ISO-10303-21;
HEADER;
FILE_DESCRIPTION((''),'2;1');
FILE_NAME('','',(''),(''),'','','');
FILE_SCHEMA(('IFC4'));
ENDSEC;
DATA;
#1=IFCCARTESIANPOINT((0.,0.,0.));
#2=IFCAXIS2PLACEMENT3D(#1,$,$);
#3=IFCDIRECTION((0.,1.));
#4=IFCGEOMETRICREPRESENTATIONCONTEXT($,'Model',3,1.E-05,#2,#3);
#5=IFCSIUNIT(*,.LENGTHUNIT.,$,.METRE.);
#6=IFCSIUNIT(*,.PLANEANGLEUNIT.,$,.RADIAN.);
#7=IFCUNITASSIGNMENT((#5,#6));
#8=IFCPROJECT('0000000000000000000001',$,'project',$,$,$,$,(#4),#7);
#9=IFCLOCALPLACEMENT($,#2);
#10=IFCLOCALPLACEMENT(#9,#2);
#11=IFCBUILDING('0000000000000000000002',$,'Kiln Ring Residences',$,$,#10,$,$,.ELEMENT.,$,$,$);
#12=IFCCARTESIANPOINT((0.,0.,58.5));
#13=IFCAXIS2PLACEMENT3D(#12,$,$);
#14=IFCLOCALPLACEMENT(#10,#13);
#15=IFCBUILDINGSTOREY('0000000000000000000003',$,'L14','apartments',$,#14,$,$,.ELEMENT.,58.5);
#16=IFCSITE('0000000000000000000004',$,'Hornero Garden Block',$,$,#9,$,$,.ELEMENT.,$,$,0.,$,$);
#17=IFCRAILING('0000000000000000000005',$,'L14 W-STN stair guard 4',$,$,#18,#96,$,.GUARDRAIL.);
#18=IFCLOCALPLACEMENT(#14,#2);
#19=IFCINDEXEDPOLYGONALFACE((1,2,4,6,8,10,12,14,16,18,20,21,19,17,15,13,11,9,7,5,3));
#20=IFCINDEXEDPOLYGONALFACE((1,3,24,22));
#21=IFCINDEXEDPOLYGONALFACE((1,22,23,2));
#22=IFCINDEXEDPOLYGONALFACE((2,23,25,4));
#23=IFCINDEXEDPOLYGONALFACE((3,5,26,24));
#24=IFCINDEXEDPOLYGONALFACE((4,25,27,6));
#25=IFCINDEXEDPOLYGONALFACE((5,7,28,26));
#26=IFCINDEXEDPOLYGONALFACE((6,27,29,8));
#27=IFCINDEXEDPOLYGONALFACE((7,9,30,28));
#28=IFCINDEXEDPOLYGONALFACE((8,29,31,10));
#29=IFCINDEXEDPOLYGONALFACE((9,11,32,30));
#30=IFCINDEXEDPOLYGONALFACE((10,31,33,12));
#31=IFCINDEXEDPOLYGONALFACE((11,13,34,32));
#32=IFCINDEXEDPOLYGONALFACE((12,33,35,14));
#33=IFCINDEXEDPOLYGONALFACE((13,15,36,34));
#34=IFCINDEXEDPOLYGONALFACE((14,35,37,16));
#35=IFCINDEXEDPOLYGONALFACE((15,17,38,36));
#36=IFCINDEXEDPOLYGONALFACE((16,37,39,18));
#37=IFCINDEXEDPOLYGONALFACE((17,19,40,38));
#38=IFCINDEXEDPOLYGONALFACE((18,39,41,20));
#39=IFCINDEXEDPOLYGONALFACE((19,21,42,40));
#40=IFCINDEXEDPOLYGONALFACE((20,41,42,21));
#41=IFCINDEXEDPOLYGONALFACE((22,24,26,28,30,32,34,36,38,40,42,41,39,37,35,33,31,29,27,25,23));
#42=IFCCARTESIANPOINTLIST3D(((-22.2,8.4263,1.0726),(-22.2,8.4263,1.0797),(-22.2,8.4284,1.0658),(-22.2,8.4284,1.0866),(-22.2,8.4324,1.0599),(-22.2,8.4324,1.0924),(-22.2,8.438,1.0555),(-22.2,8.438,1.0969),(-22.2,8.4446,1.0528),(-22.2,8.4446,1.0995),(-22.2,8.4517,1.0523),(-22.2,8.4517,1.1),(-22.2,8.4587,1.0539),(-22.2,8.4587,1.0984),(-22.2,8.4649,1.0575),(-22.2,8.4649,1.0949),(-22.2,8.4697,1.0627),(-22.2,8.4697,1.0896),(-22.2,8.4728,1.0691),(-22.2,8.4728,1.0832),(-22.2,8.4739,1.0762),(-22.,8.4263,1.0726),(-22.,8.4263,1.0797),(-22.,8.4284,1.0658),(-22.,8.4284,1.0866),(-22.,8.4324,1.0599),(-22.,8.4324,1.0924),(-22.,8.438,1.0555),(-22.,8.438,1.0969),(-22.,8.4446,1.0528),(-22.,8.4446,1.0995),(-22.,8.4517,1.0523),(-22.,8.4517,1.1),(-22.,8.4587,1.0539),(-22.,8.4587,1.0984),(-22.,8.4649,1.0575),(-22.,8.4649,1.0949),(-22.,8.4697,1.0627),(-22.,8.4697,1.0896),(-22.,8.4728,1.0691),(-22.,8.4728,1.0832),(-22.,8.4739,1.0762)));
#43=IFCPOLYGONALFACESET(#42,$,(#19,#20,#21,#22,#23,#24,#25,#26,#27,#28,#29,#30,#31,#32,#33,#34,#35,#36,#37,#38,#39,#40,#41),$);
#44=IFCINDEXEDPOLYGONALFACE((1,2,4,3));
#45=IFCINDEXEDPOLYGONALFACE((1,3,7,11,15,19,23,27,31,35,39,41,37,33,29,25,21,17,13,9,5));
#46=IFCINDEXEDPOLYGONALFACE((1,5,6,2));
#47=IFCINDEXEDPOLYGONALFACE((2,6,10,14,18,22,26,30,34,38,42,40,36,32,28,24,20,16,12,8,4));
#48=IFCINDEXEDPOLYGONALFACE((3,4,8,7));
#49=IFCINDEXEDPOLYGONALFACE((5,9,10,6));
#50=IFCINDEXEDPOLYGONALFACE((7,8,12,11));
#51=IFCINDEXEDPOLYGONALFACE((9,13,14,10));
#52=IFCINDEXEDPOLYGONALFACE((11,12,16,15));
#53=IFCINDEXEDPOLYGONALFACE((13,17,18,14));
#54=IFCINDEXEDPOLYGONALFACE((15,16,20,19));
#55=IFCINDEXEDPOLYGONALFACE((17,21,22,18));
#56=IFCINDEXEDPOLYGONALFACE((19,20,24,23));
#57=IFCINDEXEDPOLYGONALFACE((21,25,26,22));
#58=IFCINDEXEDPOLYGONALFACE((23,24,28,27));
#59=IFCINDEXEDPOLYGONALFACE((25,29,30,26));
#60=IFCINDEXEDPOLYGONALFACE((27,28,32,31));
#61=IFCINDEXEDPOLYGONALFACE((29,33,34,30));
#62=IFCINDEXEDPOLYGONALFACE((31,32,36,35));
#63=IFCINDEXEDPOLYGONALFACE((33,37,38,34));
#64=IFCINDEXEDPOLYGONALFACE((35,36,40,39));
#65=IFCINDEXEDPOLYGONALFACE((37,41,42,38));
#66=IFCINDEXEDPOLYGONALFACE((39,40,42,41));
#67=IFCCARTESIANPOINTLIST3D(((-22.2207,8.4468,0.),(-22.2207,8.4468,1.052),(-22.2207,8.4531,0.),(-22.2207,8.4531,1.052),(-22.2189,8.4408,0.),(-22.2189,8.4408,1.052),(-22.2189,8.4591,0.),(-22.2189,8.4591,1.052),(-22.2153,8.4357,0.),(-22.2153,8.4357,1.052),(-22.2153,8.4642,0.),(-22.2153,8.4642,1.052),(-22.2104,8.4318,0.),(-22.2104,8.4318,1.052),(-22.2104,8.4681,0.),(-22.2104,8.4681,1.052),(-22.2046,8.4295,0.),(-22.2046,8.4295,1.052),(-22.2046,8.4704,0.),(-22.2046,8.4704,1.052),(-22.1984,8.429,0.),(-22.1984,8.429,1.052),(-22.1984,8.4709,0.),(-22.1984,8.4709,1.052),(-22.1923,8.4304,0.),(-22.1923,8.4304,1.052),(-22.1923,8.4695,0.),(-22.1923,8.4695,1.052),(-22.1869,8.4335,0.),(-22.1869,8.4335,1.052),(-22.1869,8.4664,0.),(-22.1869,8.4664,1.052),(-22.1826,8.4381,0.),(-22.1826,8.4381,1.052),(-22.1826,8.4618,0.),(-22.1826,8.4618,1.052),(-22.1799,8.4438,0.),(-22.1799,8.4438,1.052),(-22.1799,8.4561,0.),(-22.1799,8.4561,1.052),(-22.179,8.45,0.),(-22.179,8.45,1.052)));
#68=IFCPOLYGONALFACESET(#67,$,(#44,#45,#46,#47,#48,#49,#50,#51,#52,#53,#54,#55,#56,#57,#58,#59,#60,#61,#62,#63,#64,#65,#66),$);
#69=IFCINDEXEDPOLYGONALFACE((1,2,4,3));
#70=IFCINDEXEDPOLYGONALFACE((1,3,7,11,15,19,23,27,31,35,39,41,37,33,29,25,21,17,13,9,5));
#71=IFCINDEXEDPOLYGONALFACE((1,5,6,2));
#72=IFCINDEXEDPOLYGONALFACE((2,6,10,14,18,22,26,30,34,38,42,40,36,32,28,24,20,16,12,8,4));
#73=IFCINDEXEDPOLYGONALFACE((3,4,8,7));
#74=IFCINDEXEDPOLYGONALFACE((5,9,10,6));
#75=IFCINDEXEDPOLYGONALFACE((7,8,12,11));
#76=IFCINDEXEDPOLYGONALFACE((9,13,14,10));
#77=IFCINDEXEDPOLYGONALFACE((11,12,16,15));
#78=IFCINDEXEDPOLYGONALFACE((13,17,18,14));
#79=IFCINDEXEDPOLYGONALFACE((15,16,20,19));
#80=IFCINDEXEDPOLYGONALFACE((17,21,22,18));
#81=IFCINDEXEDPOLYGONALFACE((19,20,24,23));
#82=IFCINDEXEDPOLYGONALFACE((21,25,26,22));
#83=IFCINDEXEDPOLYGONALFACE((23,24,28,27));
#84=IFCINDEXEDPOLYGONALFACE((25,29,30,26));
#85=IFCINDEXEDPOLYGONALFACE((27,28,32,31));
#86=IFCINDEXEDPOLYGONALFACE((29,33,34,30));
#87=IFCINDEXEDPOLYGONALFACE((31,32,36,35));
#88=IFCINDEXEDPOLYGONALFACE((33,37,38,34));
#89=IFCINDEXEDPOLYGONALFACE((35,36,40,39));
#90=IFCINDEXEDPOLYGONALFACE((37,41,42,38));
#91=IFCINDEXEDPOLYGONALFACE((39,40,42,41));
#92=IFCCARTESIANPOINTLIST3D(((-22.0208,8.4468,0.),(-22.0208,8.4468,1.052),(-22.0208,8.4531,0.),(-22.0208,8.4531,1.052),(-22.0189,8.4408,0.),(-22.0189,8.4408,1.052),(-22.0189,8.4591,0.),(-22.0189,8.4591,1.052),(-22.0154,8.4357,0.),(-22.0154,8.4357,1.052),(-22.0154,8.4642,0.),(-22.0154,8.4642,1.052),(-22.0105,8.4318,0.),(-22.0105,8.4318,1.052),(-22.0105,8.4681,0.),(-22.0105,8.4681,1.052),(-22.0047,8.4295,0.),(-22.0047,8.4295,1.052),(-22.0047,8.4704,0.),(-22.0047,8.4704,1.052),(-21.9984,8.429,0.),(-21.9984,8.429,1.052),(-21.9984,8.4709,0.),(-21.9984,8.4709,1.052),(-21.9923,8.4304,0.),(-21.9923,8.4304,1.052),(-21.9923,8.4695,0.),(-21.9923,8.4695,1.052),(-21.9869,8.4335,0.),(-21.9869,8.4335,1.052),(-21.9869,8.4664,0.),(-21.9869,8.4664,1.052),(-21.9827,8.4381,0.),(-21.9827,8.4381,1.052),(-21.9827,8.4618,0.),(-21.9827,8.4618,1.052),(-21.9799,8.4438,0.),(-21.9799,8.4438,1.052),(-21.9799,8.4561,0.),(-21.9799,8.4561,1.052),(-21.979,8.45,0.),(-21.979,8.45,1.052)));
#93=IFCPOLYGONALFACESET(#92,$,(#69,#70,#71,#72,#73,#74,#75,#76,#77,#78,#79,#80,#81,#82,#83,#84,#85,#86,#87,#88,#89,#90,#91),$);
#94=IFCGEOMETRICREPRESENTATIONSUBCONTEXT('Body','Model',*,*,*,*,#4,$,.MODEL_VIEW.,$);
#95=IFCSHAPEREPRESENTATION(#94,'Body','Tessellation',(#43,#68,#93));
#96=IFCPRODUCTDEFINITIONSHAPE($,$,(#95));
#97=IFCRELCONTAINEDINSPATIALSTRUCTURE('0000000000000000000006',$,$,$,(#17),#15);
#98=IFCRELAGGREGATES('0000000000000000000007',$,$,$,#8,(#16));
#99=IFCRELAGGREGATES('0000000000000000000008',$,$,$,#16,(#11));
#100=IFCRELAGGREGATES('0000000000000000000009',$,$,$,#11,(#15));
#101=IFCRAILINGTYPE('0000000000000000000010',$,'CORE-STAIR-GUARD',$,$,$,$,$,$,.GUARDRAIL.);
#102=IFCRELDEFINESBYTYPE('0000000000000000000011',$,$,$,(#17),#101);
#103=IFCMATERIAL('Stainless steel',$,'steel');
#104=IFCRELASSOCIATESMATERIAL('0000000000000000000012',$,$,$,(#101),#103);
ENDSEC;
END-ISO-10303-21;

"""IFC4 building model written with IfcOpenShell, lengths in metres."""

from ifc_helpers import new_model, si_unit, direction, frame, origin, origin_2d, place, context, subcontext, project, spatial, circle, extrude, material, type_object, element, save


model = new_model("IFC4")

# Units and contexts
model_context = context("Model", 3, precision=1e-05, world=origin(), true_north=direction((0.0, 1.0)))
body_context = subcontext(model_context, "Body", "Model", "MODEL_VIEW")
ifc_project = project(units=[si_unit("LENGTHUNIT", "METRE"), si_unit("PLANEANGLEUNIT", "RADIAN")], contexts=[model_context])

# Site, building, storey
site_placement = place(None, origin())
site = spatial("IfcSite", under=ifc_project, at=site_placement, Name="Hornero Garden Block", CompositionType="ELEMENT", RefElevation=0.0)
building_placement = place(site_placement, origin())
building = spatial("IfcBuilding", under=site, at=building_placement, Name="Kiln Ring Residences", CompositionType="ELEMENT")
storey_placement = place(building_placement, frame((0.0, 0.0, 58.5)))
storey = spatial("IfcBuildingStorey", under=building, at=storey_placement, Name="L14", Description="apartments", CompositionType="ELEMENT", Elevation=58.5)

# Railing
ifc_material_1 = material(Name="Stainless steel", Category="steel")
railing_type_1 = type_object("IfcRailingType", Name="CORE-STAIR-GUARD", PredefinedType="GUARDRAIL", material=ifc_material_1)
railing_1_placement = place(storey_placement, frame((-22.2, 8.45, 0.0)))
element("IfcRailing", 1, at=railing_1_placement, inside=storey, type_object=railing_type_1, Name="L14 W-STN stair guard 4", PredefinedType="GUARDRAIL", context=body_context, shape_type="SweptSolid", body=[
    extrude(circle(Radius=0.0239, at=origin_2d()), frame((0.0, 0.0, 1.0762), z_axis=(1.0, 0.0, 0.0), x_axis=(0.0, 1.0, 0.0)), (0.0, 0.0, 1.0), 0.2),
    extrude(circle(Radius=0.021, at=origin_2d()), origin(), (0.0, 0.0, 1.0), 1.052),
    extrude(circle(Radius=0.021, at=origin_2d()), frame((0.2, 0.0, 0.0)), (0.0, 0.0, 1.0), 1.052),
])

save(model, "model.ifc")
